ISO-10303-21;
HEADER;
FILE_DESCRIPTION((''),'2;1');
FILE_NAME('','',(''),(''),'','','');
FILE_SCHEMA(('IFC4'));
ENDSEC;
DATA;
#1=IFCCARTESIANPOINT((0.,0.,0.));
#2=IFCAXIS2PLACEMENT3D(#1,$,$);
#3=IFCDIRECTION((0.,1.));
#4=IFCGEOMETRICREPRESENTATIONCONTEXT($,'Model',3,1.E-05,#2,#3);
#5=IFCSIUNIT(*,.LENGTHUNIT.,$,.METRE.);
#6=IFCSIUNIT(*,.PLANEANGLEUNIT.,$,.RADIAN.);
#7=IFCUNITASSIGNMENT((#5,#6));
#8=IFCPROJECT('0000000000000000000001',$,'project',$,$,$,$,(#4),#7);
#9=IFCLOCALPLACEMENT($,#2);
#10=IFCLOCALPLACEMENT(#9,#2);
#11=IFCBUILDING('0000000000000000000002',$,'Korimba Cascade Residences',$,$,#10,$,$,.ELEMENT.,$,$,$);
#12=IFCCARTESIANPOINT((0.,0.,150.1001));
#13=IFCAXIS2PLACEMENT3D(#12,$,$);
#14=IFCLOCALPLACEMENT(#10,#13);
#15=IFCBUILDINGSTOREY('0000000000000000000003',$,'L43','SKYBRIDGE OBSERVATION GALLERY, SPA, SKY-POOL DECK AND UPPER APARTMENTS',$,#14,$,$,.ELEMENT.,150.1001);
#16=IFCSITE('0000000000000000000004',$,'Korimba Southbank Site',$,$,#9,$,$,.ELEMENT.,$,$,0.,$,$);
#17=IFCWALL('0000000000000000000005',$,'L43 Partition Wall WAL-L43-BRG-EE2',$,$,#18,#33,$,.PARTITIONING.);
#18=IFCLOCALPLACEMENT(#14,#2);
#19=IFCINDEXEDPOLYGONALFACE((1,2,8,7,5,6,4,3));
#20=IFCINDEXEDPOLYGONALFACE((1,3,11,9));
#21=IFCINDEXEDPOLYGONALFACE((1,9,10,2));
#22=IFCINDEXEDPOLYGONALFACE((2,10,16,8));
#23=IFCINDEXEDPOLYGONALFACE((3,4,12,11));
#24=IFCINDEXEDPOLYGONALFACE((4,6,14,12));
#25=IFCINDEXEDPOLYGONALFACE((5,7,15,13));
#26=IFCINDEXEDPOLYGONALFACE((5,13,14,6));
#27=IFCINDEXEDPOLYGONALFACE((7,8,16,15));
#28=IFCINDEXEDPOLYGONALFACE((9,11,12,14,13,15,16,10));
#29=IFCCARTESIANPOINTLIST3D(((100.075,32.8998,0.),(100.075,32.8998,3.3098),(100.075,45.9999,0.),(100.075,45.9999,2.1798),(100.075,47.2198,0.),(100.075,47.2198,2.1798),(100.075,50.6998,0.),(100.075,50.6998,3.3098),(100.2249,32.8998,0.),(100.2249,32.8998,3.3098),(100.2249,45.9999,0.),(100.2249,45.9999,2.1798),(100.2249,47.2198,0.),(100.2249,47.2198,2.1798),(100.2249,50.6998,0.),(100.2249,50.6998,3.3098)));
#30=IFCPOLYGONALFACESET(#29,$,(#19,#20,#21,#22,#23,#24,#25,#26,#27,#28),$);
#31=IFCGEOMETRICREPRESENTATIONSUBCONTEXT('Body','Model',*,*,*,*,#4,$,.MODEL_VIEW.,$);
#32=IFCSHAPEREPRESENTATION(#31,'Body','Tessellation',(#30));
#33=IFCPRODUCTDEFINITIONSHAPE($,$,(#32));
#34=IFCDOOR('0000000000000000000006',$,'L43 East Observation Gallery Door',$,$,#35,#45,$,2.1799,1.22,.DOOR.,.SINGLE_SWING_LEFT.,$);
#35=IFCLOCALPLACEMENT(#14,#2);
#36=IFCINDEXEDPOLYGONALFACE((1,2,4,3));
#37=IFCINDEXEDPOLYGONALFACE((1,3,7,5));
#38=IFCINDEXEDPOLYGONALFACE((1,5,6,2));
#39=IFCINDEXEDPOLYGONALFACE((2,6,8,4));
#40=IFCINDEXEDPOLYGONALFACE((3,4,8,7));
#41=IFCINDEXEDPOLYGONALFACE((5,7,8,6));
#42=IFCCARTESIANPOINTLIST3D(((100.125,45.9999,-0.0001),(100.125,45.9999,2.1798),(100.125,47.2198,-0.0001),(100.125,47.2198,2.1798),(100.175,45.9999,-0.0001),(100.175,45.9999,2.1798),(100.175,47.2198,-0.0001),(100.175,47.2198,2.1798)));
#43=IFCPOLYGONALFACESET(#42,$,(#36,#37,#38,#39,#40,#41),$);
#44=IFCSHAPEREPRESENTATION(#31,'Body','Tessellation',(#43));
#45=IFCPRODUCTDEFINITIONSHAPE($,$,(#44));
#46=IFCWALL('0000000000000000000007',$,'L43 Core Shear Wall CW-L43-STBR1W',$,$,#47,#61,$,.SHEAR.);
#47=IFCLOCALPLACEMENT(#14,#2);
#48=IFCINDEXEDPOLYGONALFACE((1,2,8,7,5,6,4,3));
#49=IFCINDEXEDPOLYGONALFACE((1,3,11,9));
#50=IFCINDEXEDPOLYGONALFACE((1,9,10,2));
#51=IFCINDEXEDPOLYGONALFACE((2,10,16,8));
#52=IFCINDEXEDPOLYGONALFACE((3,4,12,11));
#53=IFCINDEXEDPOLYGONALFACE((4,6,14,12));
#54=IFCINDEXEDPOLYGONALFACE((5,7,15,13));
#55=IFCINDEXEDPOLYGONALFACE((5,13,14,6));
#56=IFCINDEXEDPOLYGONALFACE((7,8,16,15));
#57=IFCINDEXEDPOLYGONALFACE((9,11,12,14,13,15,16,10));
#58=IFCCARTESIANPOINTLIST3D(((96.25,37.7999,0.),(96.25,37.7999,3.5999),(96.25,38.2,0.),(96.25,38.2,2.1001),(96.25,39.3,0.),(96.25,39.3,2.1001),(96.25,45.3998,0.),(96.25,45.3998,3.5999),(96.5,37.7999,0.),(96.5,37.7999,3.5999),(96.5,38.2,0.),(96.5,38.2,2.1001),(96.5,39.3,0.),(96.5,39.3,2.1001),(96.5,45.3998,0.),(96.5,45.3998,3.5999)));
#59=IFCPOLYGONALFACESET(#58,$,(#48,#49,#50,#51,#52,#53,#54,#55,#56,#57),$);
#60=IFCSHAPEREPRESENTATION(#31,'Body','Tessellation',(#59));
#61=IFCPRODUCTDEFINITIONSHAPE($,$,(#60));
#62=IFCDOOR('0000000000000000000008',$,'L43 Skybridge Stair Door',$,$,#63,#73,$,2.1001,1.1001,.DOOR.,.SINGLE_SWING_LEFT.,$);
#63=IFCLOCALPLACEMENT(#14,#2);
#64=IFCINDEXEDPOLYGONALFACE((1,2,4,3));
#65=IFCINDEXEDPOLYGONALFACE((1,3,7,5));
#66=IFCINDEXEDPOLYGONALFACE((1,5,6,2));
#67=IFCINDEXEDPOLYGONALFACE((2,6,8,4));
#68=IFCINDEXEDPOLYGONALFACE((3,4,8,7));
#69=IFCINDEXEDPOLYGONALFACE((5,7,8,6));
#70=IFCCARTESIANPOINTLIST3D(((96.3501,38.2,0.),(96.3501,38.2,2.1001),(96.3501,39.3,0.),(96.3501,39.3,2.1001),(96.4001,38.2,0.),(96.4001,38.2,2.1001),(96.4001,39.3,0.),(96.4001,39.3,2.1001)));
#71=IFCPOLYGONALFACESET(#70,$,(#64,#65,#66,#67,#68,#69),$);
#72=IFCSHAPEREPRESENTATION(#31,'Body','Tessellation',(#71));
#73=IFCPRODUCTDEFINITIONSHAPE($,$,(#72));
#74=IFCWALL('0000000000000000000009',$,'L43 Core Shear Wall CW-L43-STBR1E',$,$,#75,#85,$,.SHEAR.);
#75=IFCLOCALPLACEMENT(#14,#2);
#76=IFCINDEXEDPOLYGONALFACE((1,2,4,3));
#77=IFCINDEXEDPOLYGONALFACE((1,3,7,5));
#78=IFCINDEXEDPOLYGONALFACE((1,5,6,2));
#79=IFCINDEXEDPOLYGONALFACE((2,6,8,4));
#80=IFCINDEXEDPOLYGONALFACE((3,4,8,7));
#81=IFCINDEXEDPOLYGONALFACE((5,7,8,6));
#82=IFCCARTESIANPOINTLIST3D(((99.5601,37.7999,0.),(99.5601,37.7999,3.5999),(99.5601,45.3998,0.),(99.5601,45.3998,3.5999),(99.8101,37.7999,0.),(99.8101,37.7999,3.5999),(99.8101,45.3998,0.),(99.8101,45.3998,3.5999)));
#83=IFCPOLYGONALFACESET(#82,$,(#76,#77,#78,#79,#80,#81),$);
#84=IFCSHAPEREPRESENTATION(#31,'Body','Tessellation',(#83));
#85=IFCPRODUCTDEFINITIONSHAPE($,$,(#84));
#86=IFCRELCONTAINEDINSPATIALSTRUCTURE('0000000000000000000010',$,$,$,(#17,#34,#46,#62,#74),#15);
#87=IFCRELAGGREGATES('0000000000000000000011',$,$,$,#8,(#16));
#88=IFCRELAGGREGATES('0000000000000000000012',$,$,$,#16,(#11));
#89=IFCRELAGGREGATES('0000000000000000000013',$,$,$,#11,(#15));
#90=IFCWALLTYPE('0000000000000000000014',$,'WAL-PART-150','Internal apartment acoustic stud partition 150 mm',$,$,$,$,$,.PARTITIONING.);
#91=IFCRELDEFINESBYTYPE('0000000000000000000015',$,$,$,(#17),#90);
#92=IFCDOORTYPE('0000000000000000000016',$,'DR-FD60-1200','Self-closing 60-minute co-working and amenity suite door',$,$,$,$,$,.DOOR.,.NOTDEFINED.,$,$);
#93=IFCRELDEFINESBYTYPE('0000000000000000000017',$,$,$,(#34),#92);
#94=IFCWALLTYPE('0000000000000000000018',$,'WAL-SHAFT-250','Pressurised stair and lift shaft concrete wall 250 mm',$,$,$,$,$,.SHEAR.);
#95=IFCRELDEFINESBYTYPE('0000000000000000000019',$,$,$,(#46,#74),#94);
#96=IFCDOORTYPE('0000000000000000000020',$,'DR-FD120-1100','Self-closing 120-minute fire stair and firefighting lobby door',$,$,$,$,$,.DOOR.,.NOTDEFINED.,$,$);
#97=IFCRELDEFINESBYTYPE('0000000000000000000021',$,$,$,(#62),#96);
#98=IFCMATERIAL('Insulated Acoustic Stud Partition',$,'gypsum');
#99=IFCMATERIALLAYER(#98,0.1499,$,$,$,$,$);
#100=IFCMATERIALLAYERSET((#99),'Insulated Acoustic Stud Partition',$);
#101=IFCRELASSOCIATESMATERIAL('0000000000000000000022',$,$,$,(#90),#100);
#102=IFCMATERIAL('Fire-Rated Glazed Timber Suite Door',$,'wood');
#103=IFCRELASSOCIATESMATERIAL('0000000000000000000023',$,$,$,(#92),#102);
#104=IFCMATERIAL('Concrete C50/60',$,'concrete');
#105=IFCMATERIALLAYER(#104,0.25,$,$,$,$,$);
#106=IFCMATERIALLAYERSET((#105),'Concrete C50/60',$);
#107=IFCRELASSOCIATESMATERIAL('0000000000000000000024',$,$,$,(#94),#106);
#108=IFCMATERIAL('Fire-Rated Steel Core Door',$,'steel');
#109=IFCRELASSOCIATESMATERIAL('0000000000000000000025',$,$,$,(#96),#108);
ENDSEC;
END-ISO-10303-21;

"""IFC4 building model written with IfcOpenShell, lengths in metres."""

from ifc_helpers import new_model, si_unit, direction, frame, frame_2d, origin, place, context, subcontext, project, spatial, rectangle, extrude, material, layer, layer_set, type_object, element, fill, save


model = new_model("IFC4")

# Units and contexts
model_context = context("Model", 3, precision=1e-05, world=origin(), true_north=direction((0.0, 1.0)))
body_context = subcontext(model_context, "Body", "Model", "MODEL_VIEW")
ifc_project = project(units=[si_unit("LENGTHUNIT", "METRE"), si_unit("PLANEANGLEUNIT", "RADIAN")], contexts=[model_context])

# Site, building, storey
site_placement = place(None, origin())
site = spatial("IfcSite", under=ifc_project, at=site_placement, Name="Korimba Southbank Site", CompositionType="ELEMENT", RefElevation=0.0)
building_placement = place(site_placement, origin())
building = spatial("IfcBuilding", under=site, at=building_placement, Name="Korimba Cascade Residences", CompositionType="ELEMENT")
storey_placement = place(building_placement, frame((0.0, 0.0, 150.1001)))
storey = spatial("IfcBuildingStorey", under=building, at=storey_placement, Name="L43", Description="SKYBRIDGE OBSERVATION GALLERY, SPA, SKY-POOL DECK AND UPPER APARTMENTS", CompositionType="ELEMENT", Elevation=150.1001)

# Shared definitions
ifc_material_1 = material(Name="Insulated Acoustic Stud Partition", Category="gypsum")
ifc_layer_1 = layer(ifc_material_1, 0.1499)
ifc_layer_set_1 = layer_set([ifc_layer_1], Name="Insulated Acoustic Stud Partition")
wall_type_1 = type_object("IfcWallType", Name="WAL-PART-150", Description="Internal apartment acoustic stud partition 150 mm", PredefinedType="PARTITIONING", material=ifc_layer_set_1)

# Walls, openings, doors
wall_1_placement = place(storey_placement, frame((100.1499, 32.8999, 0.0), z_axis=(0.0, 0.0, 1.0), x_axis=(0.0, 1.0, 0.0)))
wall_1 = element("IfcWall", 1, at=wall_1_placement, inside=storey, type_object=wall_type_1, Name="L43 Partition Wall WAL-L43-BRG-EE2", PredefinedType="PARTITIONING", context=body_context, shape_type="SweptSolid", body=[
    extrude(rectangle(XDim=17.8, YDim=0.1499, at=frame_2d((8.8999, 0.0))), origin(), (0.0, 0.0, 1.0), 3.3098),
])
opening_1_placement = place(wall_1_placement, frame((13.1001, 0.0, 0.0)))
opening_1 = element("IfcOpeningElement", 2, at=opening_1_placement, cuts=wall_1, PredefinedType="OPENING", context=body_context, shape_type="SweptSolid", body=[
    extrude(rectangle(XDim=1.22, YDim=2.1799, at=frame_2d((0.6099, 1.0898))), frame((0.0, 0.085, 0.0), z_axis=(0.0, -1.0, 0.0), x_axis=(1.0, 0.0, 0.0)), (0.0, 0.0, 1.0), 0.1699),
])
ifc_material_2 = material(Name="Fire-Rated Glazed Timber Suite Door", Category="wood")
door_type_1 = type_object("IfcDoorType", Name="DR-FD60-1200", Description="Self-closing 60-minute co-working and amenity suite door", OperationType="NOTDEFINED", PredefinedType="DOOR", material=ifc_material_2)
door_1_placement = place(opening_1_placement, origin())
door_1 = element("IfcDoor", 3, at=door_1_placement, inside=storey, type_object=door_type_1, Name="L43 East Observation Gallery Door", OperationType="SINGLE_SWING_LEFT", OverallHeight=2.1799, OverallWidth=1.22, PredefinedType="DOOR", context=body_context, shape_type="SweptSolid", body=[
    extrude(rectangle(XDim=1.22, YDim=2.1799, at=frame_2d((0.6099, 1.0898))), frame((0.0, 0.0249, 0.0), z_axis=(0.0, -1.0, 0.0), x_axis=(1.0, 0.0, 0.0)), (0.0, 0.0, 1.0), 0.05),
])
fill(opening_1, door_1)
ifc_material_3 = material(Name="Concrete C50/60", Category="concrete")
ifc_layer_2 = layer(ifc_material_3, 0.25)
ifc_layer_set_2 = layer_set([ifc_layer_2], Name="Concrete C50/60")
wall_type_2 = type_object("IfcWallType", Name="WAL-SHAFT-250", Description="Pressurised stair and lift shaft concrete wall 250 mm", PredefinedType="SHEAR", material=ifc_layer_set_2)
wall_2_placement = place(storey_placement, frame((96.375, 37.8, 0.0), z_axis=(0.0, 0.0, 1.0), x_axis=(0.0, 1.0, 0.0)))
wall_2 = element("IfcWall", 4, at=wall_2_placement, inside=storey, type_object=wall_type_2, Name="L43 Core Shear Wall CW-L43-STBR1W", PredefinedType="SHEAR", context=body_context, shape_type="SweptSolid", body=[
    extrude(rectangle(XDim=7.5999, YDim=0.25, at=frame_2d((3.7998, 0.0))), origin(), (0.0, 0.0, 1.0), 3.5999),
])
opening_2_placement = place(wall_2_placement, frame((0.3999, 0.0, 0.0)))
opening_2 = element("IfcOpeningElement", 5, at=opening_2_placement, cuts=wall_2, PredefinedType="OPENING", context=body_context, shape_type="SweptSolid", body=[
    extrude(rectangle(XDim=1.1001, YDim=2.1001, at=frame_2d((0.55, 1.05))), frame((0.0, 0.135, 0.0), z_axis=(0.0, -1.0, 0.0), x_axis=(1.0, 0.0, 0.0)), (0.0, 0.0, 1.0), 0.27),
])
ifc_material_4 = material(Name="Fire-Rated Steel Core Door", Category="steel")
door_type_2 = type_object("IfcDoorType", Name="DR-FD120-1100", Description="Self-closing 120-minute fire stair and firefighting lobby door", OperationType="NOTDEFINED", PredefinedType="DOOR", material=ifc_material_4)
door_2_placement = place(opening_2_placement, origin())
door_2 = element("IfcDoor", 6, at=door_2_placement, inside=storey, type_object=door_type_2, Name="L43 Skybridge Stair Door", OperationType="SINGLE_SWING_LEFT", OverallHeight=2.1001, OverallWidth=1.1001, PredefinedType="DOOR", context=body_context, shape_type="SweptSolid", body=[
    extrude(rectangle(XDim=1.1001, YDim=2.1001, at=frame_2d((0.55, 1.05))), frame((0.0, 0.0249, 0.0), z_axis=(0.0, -1.0, 0.0), x_axis=(1.0, 0.0, 0.0)), (0.0, 0.0, 1.0), 0.05),
])
fill(opening_2, door_2)

# Wall
wall_3_placement = place(storey_placement, frame((99.6851, 37.8, 0.0), z_axis=(0.0, 0.0, 1.0), x_axis=(0.0, 1.0, 0.0)))
element("IfcWall", 7, at=wall_3_placement, inside=storey, type_object=wall_type_2, Name="L43 Core Shear Wall CW-L43-STBR1E", PredefinedType="SHEAR", context=body_context, shape_type="SweptSolid", body=[
    extrude(rectangle(XDim=7.5999, YDim=0.25, at=frame_2d((3.7998, 0.0))), origin(), (0.0, 0.0, 1.0), 3.5999),
])

save(model, "model.ifc")
